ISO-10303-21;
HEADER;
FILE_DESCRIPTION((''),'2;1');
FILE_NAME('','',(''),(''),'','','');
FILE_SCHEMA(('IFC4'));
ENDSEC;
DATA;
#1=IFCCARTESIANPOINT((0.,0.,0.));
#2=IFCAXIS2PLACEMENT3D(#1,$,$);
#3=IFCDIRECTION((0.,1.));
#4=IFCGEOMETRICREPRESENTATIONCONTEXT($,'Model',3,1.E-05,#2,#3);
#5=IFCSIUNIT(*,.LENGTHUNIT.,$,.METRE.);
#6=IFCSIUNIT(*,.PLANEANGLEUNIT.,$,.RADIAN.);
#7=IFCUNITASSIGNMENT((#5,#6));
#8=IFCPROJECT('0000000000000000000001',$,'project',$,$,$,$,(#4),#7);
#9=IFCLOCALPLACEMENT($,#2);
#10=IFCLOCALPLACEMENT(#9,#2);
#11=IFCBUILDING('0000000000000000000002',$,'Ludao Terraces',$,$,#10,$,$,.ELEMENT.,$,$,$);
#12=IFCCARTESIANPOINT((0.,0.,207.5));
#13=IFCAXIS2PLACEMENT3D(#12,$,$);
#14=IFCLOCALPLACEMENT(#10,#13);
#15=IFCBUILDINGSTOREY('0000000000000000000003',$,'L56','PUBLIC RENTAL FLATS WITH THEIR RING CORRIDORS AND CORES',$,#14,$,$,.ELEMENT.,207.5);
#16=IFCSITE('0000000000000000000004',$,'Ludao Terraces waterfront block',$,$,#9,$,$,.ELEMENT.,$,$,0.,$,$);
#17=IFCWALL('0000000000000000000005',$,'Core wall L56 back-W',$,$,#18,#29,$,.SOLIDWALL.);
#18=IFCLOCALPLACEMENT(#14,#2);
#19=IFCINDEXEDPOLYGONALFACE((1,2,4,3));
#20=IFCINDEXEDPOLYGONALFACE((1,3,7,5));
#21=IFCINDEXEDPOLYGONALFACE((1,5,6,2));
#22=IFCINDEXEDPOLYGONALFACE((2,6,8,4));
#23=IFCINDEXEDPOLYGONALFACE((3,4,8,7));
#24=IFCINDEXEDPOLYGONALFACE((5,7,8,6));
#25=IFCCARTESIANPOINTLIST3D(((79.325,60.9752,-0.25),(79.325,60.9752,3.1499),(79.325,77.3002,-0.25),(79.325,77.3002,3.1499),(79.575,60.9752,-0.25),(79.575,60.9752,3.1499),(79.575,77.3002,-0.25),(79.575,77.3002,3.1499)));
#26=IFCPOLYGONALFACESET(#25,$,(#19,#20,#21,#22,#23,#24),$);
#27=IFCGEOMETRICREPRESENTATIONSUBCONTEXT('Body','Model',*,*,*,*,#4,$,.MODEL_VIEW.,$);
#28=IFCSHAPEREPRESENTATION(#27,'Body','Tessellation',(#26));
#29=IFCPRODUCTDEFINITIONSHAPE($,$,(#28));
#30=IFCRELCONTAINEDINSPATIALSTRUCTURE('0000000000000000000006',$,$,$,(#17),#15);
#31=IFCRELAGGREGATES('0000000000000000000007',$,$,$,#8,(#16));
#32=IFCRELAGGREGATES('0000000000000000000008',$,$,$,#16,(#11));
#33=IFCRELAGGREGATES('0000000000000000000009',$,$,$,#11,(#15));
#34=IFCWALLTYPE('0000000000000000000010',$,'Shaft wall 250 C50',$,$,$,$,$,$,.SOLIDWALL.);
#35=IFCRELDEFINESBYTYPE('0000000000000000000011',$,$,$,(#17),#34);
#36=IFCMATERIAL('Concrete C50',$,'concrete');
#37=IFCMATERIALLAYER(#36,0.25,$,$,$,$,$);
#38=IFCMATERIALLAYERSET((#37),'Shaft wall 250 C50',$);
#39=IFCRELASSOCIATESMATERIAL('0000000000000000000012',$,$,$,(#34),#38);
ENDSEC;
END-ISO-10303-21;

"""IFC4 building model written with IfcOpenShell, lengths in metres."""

from ifc_helpers import new_model, si_unit, direction, frame, frame_2d, origin, place, context, subcontext, project, spatial, rectangle, extrude, material, layer, layer_set, type_object, element, save


model = new_model("IFC4")

# Units and contexts
model_context = context("Model", 3, precision=1e-05, world=origin(), true_north=direction((0.0, 1.0)))
body_context = subcontext(model_context, "Body", "Model", "MODEL_VIEW")
ifc_project = project(units=[si_unit("LENGTHUNIT", "METRE"), si_unit("PLANEANGLEUNIT", "RADIAN")], contexts=[model_context])

# Site, building, storey
site_placement = place(None, origin())
site = spatial("IfcSite", under=ifc_project, at=site_placement, Name="Ludao Terraces waterfront block", CompositionType="ELEMENT", RefElevation=0.0)
building_placement = place(site_placement, origin())
building = spatial("IfcBuilding", under=site, at=building_placement, Name="Ludao Terraces", CompositionType="ELEMENT")
storey_placement = place(building_placement, frame((0.0, 0.0, 207.5)))
storey = spatial("IfcBuildingStorey", under=building, at=storey_placement, Name="L56", Description="PUBLIC RENTAL FLATS WITH THEIR RING CORRIDORS AND CORES", CompositionType="ELEMENT", Elevation=207.5)

# Shared definitions
ifc_material_1 = material(Name="Concrete C50", Category="concrete")

# Wall
ifc_layer_1 = layer(ifc_material_1, 0.25)
ifc_layer_set_1 = layer_set([ifc_layer_1], Name="Shaft wall 250 C50")
wall_type_1 = type_object("IfcWallType", Name="Shaft wall 250 C50", PredefinedType="SOLIDWALL", material=ifc_layer_set_1)
wall_1_placement = place(storey_placement, frame((79.45, 60.9751, -0.25), z_axis=(0.0, 0.0, 1.0), x_axis=(0.0, 1.0, 0.0)))
element("IfcWall", 1, at=wall_1_placement, inside=storey, type_object=wall_type_1, Name="Core wall L56 back-W", PredefinedType="SOLIDWALL", context=body_context, shape_type="SweptSolid", body=[
    extrude(rectangle(XDim=16.325, YDim=0.25, at=frame_2d((8.1626, 0.0))), origin(), (0.0, 0.0, 1.0), 3.3999),
])

save(model, "model.ifc")
